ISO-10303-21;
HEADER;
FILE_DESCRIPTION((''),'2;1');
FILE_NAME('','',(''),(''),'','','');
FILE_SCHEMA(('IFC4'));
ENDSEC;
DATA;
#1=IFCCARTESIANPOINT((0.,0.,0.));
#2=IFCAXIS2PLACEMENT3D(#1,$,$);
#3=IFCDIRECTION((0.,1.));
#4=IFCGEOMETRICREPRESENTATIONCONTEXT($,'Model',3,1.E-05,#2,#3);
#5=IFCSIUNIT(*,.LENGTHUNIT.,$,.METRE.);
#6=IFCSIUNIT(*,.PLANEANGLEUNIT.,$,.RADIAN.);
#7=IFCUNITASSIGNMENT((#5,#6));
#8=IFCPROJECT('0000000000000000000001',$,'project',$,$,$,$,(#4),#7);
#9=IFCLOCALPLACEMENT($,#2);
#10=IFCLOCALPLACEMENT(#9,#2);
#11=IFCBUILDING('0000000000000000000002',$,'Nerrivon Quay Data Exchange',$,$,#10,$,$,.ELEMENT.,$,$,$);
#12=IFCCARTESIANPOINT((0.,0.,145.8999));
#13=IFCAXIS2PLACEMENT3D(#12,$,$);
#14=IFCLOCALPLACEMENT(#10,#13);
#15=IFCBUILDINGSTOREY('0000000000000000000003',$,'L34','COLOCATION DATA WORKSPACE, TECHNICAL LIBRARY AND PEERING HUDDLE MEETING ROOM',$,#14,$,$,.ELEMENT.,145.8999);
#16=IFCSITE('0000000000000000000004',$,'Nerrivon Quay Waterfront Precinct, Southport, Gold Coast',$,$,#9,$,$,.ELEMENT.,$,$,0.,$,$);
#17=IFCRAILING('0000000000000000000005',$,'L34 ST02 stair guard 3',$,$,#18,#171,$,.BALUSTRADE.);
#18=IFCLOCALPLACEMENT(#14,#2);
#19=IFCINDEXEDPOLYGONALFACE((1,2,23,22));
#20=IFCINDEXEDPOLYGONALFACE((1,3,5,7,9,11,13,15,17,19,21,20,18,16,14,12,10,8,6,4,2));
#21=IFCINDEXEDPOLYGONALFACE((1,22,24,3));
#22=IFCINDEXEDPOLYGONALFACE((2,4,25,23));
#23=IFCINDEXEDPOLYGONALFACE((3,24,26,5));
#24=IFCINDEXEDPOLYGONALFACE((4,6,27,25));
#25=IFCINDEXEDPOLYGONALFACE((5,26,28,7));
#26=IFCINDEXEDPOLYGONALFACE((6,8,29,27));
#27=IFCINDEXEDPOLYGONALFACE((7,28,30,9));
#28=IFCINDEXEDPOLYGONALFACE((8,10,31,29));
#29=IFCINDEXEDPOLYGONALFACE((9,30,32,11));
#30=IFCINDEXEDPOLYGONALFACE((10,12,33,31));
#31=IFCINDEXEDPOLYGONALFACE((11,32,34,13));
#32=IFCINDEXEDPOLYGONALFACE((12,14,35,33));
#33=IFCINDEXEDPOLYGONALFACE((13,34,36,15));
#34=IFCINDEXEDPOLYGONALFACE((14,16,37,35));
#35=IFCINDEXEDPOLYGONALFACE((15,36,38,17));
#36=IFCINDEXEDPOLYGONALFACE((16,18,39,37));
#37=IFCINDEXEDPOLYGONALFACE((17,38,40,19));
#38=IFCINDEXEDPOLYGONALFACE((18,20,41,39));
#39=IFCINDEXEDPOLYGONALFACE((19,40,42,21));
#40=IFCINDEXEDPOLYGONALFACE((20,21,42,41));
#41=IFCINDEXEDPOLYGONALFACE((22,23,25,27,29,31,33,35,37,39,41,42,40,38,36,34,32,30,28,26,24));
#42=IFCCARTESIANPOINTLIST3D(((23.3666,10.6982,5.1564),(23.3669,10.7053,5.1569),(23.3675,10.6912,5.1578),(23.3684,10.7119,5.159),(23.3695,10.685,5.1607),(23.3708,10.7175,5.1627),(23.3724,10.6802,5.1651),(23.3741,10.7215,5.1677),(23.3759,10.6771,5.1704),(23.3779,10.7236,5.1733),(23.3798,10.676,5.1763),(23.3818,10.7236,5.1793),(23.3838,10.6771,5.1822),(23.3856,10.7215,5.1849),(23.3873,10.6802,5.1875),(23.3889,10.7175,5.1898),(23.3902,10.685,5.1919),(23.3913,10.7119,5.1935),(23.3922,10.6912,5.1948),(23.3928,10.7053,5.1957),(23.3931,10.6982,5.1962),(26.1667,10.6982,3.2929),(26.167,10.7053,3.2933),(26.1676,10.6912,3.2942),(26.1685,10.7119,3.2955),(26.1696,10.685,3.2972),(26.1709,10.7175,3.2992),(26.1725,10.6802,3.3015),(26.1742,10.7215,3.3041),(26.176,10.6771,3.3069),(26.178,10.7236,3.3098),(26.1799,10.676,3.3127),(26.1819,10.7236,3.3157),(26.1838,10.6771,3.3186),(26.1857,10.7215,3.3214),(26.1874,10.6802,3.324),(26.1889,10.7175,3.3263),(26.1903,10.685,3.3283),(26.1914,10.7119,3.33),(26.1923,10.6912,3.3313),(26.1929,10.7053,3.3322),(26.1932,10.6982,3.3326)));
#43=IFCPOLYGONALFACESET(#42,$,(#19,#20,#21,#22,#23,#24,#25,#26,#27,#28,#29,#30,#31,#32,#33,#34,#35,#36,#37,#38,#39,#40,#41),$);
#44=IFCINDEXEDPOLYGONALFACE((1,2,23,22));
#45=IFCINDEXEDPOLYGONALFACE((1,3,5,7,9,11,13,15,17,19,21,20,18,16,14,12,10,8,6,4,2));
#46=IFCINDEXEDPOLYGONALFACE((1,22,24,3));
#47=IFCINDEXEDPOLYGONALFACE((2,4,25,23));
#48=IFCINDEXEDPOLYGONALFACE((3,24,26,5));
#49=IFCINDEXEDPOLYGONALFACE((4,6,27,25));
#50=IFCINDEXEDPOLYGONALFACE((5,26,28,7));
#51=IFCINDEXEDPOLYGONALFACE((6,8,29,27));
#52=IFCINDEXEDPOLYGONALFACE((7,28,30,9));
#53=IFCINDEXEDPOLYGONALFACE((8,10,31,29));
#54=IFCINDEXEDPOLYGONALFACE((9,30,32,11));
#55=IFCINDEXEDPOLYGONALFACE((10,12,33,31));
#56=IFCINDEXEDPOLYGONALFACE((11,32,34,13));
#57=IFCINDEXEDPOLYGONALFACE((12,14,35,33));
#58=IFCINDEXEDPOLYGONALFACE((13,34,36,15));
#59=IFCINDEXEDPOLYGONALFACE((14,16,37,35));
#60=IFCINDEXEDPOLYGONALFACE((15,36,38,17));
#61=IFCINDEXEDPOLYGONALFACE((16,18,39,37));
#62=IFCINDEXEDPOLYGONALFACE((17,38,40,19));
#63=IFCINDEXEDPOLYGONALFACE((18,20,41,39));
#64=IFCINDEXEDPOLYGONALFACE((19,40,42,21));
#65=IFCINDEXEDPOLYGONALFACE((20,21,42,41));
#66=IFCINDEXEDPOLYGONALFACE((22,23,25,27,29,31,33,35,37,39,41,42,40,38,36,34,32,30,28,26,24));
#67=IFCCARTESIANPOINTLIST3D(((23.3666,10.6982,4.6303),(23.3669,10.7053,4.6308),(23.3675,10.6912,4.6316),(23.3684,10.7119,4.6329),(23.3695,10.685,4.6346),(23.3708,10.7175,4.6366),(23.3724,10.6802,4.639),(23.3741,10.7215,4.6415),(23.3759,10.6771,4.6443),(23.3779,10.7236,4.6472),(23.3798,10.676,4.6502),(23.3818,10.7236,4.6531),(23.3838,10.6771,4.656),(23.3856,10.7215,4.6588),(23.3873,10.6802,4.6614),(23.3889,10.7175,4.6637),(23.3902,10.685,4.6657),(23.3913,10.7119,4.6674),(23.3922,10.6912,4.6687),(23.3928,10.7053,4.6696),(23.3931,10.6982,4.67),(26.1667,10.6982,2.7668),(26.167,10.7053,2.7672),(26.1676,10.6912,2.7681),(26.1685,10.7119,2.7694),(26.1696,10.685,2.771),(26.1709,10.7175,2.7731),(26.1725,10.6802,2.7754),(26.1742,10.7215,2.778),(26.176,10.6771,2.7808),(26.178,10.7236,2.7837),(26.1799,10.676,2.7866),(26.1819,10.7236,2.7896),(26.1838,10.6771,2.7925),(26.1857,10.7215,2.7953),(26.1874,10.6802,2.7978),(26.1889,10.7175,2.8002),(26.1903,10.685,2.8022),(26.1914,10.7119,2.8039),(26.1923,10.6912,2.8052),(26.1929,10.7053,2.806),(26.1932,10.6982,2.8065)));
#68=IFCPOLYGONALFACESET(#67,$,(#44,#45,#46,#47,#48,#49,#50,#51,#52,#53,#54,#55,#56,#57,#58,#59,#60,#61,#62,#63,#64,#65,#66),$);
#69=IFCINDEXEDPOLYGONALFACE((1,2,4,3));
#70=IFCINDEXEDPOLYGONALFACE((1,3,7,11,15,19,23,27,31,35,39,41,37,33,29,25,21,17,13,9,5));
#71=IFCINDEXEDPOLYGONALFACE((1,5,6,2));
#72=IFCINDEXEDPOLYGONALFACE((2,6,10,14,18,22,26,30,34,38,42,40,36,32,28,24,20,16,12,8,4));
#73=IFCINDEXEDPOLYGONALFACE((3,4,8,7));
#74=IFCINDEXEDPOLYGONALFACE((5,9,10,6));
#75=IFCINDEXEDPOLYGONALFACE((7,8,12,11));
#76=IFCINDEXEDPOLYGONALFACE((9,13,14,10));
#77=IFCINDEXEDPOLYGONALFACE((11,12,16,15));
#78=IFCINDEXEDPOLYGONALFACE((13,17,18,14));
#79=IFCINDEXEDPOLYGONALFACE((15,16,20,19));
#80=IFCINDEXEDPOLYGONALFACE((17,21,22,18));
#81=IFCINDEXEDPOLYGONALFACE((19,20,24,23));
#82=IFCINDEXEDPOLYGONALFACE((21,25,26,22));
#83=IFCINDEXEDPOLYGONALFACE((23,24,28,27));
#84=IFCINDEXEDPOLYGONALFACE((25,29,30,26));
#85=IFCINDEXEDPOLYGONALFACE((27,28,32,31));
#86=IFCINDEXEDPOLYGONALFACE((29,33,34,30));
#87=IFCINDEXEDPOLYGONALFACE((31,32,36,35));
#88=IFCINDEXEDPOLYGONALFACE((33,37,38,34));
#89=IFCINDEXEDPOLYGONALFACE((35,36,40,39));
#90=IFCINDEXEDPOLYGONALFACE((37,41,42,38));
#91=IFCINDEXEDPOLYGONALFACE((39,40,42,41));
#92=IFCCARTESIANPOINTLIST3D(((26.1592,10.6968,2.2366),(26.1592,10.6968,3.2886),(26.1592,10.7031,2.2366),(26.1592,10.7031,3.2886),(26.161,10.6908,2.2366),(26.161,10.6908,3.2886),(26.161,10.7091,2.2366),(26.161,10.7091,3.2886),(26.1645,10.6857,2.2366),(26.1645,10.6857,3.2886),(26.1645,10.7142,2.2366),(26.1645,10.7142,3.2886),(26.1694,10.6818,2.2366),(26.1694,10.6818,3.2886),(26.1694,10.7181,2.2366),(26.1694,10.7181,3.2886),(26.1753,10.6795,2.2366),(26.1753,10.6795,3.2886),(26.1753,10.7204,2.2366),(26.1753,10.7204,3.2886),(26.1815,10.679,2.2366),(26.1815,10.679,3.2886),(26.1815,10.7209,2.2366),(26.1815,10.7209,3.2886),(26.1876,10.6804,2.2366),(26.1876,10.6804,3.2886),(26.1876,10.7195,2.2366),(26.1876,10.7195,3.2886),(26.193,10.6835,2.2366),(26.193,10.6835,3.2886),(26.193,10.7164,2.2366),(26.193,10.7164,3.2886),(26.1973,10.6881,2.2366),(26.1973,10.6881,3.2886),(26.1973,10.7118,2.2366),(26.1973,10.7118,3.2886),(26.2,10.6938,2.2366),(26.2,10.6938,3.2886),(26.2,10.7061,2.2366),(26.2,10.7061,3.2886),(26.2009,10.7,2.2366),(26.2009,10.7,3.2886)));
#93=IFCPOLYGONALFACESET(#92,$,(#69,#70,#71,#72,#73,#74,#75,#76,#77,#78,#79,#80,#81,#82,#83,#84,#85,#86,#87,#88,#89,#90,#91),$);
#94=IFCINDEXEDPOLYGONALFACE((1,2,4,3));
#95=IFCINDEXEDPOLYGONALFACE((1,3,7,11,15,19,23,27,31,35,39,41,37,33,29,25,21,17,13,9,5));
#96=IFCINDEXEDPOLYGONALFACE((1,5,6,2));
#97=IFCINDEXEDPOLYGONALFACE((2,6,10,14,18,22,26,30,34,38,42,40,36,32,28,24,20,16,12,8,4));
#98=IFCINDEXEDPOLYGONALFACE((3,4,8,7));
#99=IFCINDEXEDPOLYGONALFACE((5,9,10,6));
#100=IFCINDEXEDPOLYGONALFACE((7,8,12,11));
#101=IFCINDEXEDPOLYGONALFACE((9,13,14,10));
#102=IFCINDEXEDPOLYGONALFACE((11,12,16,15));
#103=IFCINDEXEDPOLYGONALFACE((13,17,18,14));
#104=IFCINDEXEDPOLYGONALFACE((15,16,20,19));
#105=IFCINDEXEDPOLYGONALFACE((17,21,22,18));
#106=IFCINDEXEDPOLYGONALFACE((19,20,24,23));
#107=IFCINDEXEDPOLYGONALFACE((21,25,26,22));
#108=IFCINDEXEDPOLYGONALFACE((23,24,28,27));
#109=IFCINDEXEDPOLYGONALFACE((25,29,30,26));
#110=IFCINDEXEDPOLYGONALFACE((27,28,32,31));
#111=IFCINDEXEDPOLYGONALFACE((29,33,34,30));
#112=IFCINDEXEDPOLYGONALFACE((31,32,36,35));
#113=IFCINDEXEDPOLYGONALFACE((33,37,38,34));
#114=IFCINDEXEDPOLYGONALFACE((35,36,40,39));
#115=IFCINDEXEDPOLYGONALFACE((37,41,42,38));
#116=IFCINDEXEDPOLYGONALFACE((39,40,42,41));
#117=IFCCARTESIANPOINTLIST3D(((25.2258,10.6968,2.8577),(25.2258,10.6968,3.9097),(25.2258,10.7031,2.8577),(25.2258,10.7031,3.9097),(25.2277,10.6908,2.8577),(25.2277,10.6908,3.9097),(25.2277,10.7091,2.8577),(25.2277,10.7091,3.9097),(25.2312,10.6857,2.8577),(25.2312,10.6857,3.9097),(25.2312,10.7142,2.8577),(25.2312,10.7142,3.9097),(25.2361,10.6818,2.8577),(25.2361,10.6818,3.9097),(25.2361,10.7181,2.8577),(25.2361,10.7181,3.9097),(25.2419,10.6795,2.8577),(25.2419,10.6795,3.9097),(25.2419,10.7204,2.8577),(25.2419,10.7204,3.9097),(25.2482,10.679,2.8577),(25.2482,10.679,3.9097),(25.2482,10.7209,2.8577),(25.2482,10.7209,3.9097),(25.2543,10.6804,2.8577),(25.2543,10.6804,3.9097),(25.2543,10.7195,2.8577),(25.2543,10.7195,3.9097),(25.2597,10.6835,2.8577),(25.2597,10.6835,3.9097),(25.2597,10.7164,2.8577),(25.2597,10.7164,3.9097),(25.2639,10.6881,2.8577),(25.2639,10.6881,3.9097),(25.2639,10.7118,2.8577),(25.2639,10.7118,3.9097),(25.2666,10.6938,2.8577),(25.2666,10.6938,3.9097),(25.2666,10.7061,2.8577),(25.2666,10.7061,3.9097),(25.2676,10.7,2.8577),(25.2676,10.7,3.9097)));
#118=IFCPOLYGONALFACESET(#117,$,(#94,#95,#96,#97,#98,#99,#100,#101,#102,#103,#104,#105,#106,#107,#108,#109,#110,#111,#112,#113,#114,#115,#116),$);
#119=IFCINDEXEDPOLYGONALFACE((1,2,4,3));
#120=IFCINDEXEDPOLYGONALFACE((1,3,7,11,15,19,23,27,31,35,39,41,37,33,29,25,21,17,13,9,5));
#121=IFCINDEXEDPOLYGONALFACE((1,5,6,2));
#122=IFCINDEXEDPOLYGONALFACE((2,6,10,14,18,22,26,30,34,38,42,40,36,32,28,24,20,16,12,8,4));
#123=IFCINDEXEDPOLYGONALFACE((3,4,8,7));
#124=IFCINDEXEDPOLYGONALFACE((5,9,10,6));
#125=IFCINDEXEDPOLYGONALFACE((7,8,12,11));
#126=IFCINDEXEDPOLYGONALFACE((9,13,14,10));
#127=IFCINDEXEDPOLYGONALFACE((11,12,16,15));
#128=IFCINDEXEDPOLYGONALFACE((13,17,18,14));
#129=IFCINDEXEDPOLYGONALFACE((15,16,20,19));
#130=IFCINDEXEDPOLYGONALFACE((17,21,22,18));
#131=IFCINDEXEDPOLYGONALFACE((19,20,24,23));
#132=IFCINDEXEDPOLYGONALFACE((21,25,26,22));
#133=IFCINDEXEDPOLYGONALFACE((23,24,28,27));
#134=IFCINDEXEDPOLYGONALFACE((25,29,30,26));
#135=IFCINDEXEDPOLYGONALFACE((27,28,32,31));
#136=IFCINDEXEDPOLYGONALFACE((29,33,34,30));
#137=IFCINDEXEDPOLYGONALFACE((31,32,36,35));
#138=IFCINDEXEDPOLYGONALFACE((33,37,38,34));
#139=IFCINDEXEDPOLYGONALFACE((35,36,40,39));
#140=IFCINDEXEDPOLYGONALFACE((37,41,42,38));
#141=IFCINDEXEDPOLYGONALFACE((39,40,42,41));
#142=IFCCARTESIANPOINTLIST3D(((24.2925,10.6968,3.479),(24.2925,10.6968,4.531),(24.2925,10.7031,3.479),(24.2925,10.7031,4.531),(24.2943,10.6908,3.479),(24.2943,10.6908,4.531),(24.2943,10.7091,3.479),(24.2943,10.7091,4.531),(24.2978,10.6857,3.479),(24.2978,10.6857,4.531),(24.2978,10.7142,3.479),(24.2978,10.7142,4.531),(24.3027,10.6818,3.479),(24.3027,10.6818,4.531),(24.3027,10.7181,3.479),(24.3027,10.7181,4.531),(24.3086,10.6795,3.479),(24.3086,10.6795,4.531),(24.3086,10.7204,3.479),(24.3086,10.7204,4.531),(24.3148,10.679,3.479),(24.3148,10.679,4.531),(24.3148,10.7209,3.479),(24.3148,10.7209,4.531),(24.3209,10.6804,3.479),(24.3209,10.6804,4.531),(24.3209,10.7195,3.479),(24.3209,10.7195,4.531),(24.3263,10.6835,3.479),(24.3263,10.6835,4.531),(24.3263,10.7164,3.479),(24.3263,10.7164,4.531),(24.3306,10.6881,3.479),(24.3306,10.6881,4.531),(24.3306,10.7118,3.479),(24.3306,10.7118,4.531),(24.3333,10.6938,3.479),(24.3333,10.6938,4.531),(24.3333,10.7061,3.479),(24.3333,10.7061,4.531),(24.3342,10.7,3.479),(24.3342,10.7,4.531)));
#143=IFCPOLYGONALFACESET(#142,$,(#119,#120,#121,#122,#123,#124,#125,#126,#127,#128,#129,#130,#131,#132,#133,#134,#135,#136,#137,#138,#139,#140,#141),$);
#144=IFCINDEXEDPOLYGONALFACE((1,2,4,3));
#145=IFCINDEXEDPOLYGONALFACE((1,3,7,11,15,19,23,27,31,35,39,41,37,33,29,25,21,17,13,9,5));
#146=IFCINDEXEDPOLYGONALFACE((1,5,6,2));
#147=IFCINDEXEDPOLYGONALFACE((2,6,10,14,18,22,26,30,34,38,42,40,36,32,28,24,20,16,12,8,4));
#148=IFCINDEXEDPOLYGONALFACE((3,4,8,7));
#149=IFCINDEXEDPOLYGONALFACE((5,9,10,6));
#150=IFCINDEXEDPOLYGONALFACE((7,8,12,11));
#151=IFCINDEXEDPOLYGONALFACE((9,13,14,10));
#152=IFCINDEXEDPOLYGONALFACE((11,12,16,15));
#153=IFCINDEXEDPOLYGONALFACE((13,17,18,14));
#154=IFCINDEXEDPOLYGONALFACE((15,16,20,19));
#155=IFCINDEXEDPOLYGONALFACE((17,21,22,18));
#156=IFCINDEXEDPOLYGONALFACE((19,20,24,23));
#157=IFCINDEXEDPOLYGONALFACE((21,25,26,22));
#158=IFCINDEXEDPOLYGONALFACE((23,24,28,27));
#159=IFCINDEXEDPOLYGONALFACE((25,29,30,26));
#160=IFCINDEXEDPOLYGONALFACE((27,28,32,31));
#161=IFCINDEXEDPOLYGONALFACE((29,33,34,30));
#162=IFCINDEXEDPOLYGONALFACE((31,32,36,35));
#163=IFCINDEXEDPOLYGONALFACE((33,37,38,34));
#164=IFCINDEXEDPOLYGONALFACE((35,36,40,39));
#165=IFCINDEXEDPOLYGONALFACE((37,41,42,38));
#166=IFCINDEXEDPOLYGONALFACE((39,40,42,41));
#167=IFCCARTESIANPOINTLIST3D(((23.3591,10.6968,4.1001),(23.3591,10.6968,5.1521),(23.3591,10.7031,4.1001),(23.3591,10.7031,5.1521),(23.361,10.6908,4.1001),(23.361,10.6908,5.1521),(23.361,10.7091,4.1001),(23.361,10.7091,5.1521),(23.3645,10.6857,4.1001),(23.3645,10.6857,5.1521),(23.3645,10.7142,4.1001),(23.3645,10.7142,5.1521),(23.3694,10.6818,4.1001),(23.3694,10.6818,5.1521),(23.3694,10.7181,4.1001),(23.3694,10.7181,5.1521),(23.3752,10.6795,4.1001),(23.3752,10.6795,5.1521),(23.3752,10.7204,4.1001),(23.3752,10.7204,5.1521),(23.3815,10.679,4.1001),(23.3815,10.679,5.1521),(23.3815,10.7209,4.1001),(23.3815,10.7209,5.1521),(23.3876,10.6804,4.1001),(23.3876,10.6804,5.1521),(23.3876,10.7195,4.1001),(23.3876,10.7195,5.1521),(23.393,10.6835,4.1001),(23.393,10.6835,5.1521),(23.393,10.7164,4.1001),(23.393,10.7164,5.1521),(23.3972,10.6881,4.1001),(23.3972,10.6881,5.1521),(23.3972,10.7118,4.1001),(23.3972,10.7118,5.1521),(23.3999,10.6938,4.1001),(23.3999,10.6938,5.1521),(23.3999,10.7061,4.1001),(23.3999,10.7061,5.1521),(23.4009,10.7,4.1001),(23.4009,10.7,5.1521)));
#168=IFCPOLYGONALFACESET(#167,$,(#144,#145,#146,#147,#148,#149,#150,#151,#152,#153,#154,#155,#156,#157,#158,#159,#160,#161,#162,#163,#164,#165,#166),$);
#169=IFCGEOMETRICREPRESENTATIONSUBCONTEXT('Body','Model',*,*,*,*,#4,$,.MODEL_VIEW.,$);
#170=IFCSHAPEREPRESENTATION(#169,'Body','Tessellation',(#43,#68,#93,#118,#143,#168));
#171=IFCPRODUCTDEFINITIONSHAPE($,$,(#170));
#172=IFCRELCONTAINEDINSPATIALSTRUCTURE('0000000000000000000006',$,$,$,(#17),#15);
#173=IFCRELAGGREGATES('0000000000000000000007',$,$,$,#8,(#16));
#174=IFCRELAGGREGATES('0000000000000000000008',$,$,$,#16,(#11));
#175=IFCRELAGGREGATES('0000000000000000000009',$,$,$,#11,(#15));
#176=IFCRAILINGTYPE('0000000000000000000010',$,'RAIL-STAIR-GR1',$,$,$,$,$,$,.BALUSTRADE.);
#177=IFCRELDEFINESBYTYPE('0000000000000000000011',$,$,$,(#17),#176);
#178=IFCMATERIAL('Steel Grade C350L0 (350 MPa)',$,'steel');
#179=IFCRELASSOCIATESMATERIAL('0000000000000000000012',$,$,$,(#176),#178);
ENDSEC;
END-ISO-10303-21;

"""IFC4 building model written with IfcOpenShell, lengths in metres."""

from ifc_helpers import new_model, si_unit, direction, frame, origin, origin_2d, place, context, subcontext, project, spatial, circle, extrude, material, type_object, element, save


model = new_model("IFC4")

# Units and contexts
model_context = context("Model", 3, precision=1e-05, world=origin(), true_north=direction((0.0, 1.0)))
body_context = subcontext(model_context, "Body", "Model", "MODEL_VIEW")
ifc_project = project(units=[si_unit("LENGTHUNIT", "METRE"), si_unit("PLANEANGLEUNIT", "RADIAN")], contexts=[model_context])

# Site, building, storey
site_placement = place(None, origin())
site = spatial("IfcSite", under=ifc_project, at=site_placement, Name="Nerrivon Quay Waterfront Precinct, Southport, Gold Coast", CompositionType="ELEMENT", RefElevation=0.0)
building_placement = place(site_placement, origin())
building = spatial("IfcBuilding", under=site, at=building_placement, Name="Nerrivon Quay Data Exchange", CompositionType="ELEMENT")
storey_placement = place(building_placement, frame((0.0, 0.0, 145.8999)))
storey = spatial("IfcBuildingStorey", under=building, at=storey_placement, Name="L34", Description="COLOCATION DATA WORKSPACE, TECHNICAL LIBRARY AND PEERING HUDDLE MEETING ROOM", CompositionType="ELEMENT", Elevation=145.8999)

# Railing
ifc_material_1 = material(Name="Steel Grade C350L0 (350 MPa)", Category="steel")
railing_type_1 = type_object("IfcRailingType", Name="RAIL-STAIR-GR1", PredefinedType="BALUSTRADE", material=ifc_material_1)
railing_1_placement = place(storey_placement, frame((26.1799, 10.7, 2.2366)))
element("IfcRailing", 1, at=railing_1_placement, inside=storey, type_object=railing_type_1, Name="L34 ST02 stair guard 3", PredefinedType="BALUSTRADE", context=body_context, shape_type="SweptSolid", body=[
    extrude(circle(Radius=0.0239, at=origin_2d()), frame((0.0, 0.0, 1.0762), z_axis=(-0.832486, 0.0, 0.554047), x_axis=(0.0, -1.0, 0.0)), (0.0, 0.0, 1.0), 3.3635),
    extrude(circle(Radius=0.0239, at=origin_2d()), frame((0.0, 0.0, 0.55), z_axis=(-0.832486, 0.0, 0.554047), x_axis=(0.0, -1.0, 0.0)), (0.0, 0.0, 1.0), 3.3635),
    extrude(circle(Radius=0.021, at=origin_2d()), origin(), (0.0, 0.0, 1.0), 1.052),
    extrude(circle(Radius=0.021, at=origin_2d()), frame((-0.9333, 0.0, 0.6211)), (0.0, 0.0, 1.0), 1.052),
    extrude(circle(Radius=0.021, at=origin_2d()), frame((-1.8667, 0.0, 1.2424)), (0.0, 0.0, 1.0), 1.052),
    extrude(circle(Radius=0.021, at=origin_2d()), frame((-2.8, 0.0, 1.8635)), (0.0, 0.0, 1.0), 1.052),
])

save(model, "model.ifc")
